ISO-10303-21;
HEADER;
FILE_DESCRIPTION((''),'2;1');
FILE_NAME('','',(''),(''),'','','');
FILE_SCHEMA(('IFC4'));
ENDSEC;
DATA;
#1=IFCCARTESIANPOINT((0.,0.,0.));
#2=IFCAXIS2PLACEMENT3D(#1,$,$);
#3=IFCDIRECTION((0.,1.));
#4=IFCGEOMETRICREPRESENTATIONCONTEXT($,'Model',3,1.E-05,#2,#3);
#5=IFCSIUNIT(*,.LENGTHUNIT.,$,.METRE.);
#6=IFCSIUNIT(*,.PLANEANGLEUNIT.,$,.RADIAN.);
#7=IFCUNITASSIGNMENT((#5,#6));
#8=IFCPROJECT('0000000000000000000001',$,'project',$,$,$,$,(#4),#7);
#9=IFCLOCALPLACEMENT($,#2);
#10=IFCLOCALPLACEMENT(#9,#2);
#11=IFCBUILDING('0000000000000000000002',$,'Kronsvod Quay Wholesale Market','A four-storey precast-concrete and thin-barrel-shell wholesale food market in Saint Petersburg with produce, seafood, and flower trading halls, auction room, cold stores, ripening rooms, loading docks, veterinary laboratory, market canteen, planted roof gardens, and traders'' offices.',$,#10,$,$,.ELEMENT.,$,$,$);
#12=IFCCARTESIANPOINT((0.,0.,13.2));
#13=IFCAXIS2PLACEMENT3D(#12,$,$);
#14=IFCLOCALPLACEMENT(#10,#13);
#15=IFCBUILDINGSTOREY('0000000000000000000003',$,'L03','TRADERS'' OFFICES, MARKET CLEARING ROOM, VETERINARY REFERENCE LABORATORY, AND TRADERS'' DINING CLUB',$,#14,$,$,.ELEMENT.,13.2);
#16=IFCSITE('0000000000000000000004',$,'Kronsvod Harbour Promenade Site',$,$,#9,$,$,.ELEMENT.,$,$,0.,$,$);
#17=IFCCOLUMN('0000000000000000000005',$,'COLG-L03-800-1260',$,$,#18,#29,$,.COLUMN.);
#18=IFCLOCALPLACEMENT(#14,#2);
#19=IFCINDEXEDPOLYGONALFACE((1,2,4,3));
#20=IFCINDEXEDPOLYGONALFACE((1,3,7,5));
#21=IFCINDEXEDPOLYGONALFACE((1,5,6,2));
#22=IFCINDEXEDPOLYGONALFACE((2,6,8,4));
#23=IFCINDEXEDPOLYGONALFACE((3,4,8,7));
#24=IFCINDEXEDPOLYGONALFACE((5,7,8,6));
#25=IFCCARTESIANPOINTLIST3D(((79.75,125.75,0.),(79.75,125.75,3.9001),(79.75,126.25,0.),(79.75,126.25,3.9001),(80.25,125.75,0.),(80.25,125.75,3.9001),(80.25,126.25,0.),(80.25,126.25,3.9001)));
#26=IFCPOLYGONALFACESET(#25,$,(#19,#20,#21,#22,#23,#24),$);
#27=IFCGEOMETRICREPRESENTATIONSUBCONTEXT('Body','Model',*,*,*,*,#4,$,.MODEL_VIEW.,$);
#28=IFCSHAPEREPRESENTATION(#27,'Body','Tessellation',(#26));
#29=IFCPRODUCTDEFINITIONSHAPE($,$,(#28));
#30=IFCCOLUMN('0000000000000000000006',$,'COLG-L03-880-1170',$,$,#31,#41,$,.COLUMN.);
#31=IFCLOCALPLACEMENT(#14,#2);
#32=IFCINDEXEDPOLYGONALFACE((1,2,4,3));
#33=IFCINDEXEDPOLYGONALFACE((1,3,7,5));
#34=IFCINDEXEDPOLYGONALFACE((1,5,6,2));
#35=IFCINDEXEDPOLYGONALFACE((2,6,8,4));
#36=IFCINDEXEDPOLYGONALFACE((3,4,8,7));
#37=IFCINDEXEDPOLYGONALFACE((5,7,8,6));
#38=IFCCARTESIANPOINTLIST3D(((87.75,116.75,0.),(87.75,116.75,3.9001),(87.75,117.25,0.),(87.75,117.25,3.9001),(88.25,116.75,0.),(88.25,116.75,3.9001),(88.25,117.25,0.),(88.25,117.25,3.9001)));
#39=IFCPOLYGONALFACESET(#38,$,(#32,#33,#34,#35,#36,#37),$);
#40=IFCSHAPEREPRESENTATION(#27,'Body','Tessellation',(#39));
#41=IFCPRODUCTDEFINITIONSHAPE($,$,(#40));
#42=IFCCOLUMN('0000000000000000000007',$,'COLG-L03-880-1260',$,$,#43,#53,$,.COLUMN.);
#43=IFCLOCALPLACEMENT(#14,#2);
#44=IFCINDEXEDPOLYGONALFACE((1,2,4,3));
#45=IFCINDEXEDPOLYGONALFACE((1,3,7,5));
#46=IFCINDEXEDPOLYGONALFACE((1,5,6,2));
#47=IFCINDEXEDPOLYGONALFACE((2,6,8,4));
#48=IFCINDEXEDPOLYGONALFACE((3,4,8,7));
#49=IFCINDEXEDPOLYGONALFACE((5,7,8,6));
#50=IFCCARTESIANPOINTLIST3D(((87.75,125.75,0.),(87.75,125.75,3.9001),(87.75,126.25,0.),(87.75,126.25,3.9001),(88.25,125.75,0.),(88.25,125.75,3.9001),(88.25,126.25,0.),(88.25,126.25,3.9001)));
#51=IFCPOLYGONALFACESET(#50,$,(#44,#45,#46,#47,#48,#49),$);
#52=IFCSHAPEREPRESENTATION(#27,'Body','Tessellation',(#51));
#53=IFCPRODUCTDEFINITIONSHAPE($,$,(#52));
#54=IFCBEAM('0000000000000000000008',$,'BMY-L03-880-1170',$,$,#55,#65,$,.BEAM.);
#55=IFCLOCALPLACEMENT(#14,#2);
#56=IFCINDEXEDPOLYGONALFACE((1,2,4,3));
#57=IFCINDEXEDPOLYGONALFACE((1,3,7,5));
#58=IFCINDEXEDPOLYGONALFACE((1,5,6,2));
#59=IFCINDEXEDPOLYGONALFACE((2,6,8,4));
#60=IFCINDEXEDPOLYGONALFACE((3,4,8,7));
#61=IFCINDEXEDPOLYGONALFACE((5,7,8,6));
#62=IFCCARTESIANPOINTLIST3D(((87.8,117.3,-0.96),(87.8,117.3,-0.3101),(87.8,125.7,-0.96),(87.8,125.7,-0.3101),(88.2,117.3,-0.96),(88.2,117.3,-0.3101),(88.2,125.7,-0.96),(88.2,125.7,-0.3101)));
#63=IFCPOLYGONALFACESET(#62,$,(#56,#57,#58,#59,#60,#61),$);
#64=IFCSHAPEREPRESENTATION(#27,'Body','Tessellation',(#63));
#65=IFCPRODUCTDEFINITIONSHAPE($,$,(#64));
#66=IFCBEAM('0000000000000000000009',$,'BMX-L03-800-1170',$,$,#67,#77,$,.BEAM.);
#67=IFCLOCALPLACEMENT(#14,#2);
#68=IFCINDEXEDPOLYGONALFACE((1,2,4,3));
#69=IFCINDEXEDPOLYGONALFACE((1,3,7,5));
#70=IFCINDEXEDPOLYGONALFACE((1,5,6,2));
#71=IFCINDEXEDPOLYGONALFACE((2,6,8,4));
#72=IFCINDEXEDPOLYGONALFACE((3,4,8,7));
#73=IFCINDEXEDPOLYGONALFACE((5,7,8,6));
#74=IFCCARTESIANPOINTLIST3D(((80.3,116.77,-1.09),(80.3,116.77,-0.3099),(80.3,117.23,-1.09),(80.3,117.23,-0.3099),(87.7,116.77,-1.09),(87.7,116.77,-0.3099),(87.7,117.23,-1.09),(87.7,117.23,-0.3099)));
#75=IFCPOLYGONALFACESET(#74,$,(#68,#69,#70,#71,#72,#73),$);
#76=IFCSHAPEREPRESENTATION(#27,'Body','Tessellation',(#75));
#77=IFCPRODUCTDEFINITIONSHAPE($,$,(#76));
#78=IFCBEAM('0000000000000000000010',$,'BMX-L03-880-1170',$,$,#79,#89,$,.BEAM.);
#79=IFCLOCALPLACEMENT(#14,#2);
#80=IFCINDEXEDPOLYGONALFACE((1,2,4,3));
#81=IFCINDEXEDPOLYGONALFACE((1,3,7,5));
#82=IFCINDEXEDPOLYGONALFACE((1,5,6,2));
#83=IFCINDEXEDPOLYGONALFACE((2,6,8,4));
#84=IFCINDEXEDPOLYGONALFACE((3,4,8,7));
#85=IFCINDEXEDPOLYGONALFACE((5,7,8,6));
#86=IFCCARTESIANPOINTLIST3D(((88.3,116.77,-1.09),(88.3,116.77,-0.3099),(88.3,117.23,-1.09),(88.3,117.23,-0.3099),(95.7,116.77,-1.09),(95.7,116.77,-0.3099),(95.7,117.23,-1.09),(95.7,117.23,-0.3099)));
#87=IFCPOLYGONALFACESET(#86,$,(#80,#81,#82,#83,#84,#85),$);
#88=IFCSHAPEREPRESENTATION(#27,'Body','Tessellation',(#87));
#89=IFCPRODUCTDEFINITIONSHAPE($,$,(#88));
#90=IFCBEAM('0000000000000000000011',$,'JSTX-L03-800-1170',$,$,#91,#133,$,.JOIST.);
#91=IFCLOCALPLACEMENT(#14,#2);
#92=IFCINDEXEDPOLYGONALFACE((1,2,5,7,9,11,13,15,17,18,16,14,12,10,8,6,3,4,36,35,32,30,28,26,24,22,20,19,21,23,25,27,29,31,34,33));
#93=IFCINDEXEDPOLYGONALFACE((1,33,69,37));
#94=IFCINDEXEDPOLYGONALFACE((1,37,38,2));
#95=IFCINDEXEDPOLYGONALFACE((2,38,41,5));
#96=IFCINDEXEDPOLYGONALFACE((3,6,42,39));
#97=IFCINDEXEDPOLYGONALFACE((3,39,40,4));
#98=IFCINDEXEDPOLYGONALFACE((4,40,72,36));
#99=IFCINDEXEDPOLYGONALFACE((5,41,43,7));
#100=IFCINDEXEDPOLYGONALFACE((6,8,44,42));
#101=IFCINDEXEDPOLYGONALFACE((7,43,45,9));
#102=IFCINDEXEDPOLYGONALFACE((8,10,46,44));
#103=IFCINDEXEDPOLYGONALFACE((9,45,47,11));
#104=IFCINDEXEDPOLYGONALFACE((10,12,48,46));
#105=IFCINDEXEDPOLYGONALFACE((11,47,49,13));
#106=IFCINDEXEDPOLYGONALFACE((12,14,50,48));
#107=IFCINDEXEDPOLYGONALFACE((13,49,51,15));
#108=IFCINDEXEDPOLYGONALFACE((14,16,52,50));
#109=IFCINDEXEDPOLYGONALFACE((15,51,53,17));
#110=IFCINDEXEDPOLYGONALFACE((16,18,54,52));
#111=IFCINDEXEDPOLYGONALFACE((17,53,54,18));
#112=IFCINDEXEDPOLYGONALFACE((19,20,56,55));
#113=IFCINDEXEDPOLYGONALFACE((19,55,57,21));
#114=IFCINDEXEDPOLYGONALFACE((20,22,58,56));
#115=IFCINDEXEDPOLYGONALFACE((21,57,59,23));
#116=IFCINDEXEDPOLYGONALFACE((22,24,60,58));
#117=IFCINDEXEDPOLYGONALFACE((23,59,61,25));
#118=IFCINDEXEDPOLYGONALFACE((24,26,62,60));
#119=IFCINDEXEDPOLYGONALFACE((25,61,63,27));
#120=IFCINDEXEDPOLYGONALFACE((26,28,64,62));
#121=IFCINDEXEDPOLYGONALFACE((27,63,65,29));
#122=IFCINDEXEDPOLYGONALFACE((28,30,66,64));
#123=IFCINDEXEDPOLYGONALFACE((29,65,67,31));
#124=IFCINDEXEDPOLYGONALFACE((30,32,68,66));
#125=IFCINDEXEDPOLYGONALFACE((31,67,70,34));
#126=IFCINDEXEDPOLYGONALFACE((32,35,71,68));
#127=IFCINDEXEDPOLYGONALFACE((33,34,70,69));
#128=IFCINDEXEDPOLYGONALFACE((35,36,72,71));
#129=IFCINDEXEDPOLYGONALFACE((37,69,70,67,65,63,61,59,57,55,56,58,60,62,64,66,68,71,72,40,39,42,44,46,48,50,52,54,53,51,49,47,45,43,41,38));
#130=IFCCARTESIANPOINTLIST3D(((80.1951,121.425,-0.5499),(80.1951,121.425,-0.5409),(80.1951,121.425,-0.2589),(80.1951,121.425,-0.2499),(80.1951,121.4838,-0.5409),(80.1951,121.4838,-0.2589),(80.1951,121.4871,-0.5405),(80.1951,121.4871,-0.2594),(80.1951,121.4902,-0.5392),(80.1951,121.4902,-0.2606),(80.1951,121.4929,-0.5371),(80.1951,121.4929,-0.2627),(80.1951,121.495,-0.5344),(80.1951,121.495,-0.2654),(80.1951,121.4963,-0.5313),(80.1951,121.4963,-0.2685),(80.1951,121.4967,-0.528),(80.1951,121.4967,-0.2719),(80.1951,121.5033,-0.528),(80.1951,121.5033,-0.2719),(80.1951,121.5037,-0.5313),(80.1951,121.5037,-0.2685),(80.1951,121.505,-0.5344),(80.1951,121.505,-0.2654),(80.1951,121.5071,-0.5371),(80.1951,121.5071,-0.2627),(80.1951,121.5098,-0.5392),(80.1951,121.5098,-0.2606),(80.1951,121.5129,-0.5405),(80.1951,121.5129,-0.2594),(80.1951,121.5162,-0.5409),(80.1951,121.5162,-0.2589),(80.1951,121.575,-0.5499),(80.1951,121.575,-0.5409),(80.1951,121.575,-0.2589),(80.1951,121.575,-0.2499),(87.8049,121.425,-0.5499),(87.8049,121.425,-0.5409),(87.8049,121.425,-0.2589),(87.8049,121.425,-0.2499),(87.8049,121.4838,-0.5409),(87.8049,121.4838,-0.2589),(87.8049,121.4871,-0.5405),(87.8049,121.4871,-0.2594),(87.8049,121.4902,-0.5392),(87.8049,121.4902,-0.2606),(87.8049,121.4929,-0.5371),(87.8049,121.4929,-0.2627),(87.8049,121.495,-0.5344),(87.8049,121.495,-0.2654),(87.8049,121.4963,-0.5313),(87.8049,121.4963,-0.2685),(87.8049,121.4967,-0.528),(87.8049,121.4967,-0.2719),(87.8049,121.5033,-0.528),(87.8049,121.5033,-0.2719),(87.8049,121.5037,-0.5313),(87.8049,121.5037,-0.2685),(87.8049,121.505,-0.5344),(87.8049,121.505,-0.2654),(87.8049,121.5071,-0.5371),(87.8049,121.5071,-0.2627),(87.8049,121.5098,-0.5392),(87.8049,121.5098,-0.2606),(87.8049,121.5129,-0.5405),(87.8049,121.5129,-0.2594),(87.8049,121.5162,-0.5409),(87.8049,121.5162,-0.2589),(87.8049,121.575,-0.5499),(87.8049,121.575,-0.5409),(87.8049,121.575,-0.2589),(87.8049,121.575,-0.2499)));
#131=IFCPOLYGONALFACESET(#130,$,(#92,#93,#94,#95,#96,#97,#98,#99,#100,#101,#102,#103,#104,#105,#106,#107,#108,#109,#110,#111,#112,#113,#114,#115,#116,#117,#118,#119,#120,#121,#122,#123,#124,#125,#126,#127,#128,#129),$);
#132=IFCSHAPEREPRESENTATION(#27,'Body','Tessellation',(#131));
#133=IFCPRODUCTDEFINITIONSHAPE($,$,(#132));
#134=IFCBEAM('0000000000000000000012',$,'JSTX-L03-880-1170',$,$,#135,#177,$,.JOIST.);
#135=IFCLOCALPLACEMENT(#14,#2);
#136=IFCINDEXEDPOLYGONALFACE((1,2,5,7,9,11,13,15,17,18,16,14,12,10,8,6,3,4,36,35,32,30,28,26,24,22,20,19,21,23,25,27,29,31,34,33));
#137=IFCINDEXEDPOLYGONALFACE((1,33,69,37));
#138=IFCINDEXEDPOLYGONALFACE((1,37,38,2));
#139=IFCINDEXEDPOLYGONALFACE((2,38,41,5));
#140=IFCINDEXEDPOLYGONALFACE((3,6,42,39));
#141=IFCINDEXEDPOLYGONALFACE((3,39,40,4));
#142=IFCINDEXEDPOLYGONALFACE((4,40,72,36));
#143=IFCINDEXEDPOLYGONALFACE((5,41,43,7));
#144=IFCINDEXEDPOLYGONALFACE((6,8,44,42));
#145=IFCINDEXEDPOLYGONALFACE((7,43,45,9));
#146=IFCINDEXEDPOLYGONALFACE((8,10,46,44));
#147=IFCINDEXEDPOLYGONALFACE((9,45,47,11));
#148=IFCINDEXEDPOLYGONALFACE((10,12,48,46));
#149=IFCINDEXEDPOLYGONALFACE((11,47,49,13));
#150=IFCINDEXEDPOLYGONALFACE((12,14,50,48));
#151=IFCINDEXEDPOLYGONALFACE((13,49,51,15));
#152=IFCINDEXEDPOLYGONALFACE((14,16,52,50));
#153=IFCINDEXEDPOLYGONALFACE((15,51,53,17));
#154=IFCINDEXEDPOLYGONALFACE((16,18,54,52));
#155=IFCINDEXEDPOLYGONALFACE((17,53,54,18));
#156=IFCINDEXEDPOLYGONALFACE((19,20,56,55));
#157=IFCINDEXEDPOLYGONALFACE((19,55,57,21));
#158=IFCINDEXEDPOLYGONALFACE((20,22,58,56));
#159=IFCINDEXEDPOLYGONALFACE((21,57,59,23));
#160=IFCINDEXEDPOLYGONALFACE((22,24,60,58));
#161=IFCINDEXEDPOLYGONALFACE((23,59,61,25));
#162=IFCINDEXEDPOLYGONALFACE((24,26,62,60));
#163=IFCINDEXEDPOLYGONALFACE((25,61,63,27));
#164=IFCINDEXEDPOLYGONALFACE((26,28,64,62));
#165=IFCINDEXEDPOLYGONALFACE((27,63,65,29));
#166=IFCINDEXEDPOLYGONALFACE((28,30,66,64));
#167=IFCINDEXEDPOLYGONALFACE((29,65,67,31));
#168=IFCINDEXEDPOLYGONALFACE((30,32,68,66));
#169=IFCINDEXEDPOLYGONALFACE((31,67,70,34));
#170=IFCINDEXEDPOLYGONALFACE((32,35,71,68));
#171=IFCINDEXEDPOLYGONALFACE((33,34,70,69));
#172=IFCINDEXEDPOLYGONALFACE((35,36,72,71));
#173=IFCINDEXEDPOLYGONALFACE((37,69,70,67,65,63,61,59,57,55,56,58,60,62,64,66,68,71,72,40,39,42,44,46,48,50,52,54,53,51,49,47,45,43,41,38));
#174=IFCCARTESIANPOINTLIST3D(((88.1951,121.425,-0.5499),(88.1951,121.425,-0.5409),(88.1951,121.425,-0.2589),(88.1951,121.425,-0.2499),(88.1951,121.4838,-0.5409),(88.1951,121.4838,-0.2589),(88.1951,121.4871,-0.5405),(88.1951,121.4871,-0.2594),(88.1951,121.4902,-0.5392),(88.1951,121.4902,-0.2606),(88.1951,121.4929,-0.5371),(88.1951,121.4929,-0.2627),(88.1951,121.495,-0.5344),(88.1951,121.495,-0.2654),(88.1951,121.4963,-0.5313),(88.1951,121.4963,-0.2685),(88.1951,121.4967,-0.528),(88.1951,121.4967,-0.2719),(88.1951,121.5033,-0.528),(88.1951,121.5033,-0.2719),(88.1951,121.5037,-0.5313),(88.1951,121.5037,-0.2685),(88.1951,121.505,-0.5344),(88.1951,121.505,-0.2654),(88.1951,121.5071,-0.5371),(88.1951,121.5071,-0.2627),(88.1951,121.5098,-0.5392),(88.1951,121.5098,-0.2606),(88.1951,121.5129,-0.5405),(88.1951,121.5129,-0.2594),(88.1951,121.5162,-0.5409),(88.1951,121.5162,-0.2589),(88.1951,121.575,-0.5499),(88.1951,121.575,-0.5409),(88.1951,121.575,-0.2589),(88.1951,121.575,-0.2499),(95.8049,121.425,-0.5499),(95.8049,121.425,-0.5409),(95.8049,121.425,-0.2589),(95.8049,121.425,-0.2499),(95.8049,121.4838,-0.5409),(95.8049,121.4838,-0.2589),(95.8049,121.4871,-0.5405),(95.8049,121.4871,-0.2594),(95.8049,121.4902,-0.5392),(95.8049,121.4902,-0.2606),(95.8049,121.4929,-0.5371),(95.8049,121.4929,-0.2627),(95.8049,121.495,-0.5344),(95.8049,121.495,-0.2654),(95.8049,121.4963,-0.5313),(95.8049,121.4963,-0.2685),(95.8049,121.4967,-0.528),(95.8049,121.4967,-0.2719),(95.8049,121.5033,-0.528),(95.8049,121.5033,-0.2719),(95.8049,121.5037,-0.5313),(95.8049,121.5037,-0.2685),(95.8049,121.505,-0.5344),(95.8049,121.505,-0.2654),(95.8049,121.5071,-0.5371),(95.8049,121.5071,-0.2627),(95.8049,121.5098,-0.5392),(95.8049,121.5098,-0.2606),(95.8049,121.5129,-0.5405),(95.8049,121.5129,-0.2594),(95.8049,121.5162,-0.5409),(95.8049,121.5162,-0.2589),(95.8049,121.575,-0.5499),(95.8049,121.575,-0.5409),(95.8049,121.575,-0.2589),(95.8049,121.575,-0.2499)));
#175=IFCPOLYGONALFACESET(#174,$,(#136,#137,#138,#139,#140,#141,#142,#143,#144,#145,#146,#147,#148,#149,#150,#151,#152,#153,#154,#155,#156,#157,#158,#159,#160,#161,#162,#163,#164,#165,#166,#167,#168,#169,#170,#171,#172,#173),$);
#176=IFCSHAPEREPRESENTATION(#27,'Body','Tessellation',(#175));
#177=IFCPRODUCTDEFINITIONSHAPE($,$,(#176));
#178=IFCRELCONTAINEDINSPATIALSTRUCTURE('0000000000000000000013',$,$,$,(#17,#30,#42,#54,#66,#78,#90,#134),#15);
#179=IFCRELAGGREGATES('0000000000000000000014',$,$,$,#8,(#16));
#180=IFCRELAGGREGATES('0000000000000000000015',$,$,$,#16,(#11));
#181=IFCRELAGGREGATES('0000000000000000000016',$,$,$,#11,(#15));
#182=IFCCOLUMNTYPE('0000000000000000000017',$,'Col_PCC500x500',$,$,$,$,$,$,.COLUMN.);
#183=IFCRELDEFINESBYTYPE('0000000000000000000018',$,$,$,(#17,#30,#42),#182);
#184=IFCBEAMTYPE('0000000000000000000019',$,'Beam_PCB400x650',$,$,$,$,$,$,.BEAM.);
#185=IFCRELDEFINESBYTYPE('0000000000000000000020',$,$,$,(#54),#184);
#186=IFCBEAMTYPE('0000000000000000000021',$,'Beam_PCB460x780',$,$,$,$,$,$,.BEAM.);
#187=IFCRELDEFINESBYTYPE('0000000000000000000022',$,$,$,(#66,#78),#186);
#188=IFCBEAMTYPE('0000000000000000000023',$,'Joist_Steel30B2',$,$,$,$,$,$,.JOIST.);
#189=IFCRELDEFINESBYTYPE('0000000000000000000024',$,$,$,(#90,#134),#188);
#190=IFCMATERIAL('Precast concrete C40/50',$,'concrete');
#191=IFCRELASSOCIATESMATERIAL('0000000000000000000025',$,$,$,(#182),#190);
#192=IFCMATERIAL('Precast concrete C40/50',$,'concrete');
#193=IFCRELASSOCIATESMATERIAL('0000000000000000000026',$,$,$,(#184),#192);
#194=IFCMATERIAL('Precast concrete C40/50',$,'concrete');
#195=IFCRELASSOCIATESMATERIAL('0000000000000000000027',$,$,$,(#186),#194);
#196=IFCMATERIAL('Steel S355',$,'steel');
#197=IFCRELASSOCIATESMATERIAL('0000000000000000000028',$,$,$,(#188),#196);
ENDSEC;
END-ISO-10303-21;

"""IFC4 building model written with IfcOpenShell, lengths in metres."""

from ifc_helpers import new_model, si_unit, direction, frame, origin, origin_2d, place, context, subcontext, project, spatial, rectangle, i_section, extrude, material, material_profile, profile_set, type_object, element, save


model = new_model("IFC4")

# Units and contexts
model_context = context("Model", 3, precision=1e-05, world=origin(), true_north=direction((0.0, 1.0)))
body_context = subcontext(model_context, "Body", "Model", "MODEL_VIEW")
ifc_project = project(units=[si_unit("LENGTHUNIT", "METRE"), si_unit("PLANEANGLEUNIT", "RADIAN")], contexts=[model_context])

# Site, building, storey
site_placement = place(None, origin())
site = spatial("IfcSite", under=ifc_project, at=site_placement, Name="Kronsvod Harbour Promenade Site", CompositionType="ELEMENT", RefElevation=0.0)
building_placement = place(site_placement, origin())
building = spatial("IfcBuilding", under=site, at=building_placement, Name="Kronsvod Quay Wholesale Market", Description="A four-storey precast-concrete and thin-barrel-shell wholesale food market in Saint Petersburg with produce, seafood, and flower trading halls, auction room, cold stores, ripening rooms, loading docks, veterinary laboratory, market canteen, planted roof gardens, and traders' offices.", CompositionType="ELEMENT")
storey_placement = place(building_placement, frame((0.0, 0.0, 13.2)))
storey = spatial("IfcBuildingStorey", under=building, at=storey_placement, Name="L03", Description="TRADERS' OFFICES, MARKET CLEARING ROOM, VETERINARY REFERENCE LABORATORY, AND TRADERS' DINING CLUB", CompositionType="ELEMENT", Elevation=13.2)

# Columns
ifc_material_1 = material(Name="Precast concrete C40/50", Category="concrete")
ifc_material_profile_1 = material_profile(ifc_material_1, rectangle(XDim=0.5, YDim=0.5, at=origin_2d()), Name="PCC500x500")
ifc_profile_set_1 = profile_set([ifc_material_profile_1], Name="Precast concrete C40/50")
column_type = type_object("IfcColumnType", Name="Col_PCC500x500", PredefinedType="COLUMN", material=ifc_profile_set_1)
for number, where, z_axis, x_axis, name in (
    (1, (80.0, 126.0, 0.0), (0.0, 0.0, 1.0), (1.0, 0.0, 0.0), "COLG-L03-800-1260"),
    (2, (88.0, 117.0, 0.0), (0.0, 0.0, 1.0), (1.0, 0.0, 0.0), "COLG-L03-880-1170"),
    (3, (88.0, 126.0, 0.0), (0.0, 0.0, 1.0), (1.0, 0.0, 0.0), "COLG-L03-880-1260"),
):
    element("IfcColumn", number, at=place(storey_placement, frame(where, z_axis=z_axis, x_axis=x_axis)), inside=storey, type_object=column_type, Name=name, PredefinedType="COLUMN", context=body_context, shape_type="SweptSolid", body=[
        extrude(rectangle(XDim=0.5, YDim=0.5, at=origin_2d()), origin(), (0.0, 0.0, 1.0), 3.9001),
    ])

# Beams
ifc_material_2 = material(Name="Precast concrete C40/50", Category="concrete")
ifc_material_profile_2 = material_profile(ifc_material_2, rectangle(XDim=0.3999, YDim=0.6499, at=origin_2d()), Name="PCB400x650")
ifc_profile_set_2 = profile_set([ifc_material_profile_2], Name="Precast concrete C40/50")
beam_type_1 = type_object("IfcBeamType", Name="Beam_PCB400x650", PredefinedType="BEAM", material=ifc_profile_set_2)
beam_placement = place(storey_placement, frame((88.0, 117.3, -0.635), z_axis=(0.0, 1.0, 0.0), x_axis=(-1.0, 0.0, 0.0)))
element("IfcBeam", 4, at=beam_placement, inside=storey, type_object=beam_type_1, Name="BMY-L03-880-1170", PredefinedType="BEAM", context=body_context, shape_type="SweptSolid", body=[
    extrude(rectangle(XDim=0.3999, YDim=0.6499, at=origin_2d()), origin(), (0.0, 0.0, 1.0), 8.3999),
])
ifc_material_3 = material(Name="Precast concrete C40/50", Category="concrete")
ifc_material_profile_3 = material_profile(ifc_material_3, rectangle(XDim=0.46, YDim=0.78, at=origin_2d()), Name="PB-03")
ifc_profile_set_3 = profile_set([ifc_material_profile_3], Name="Precast concrete C40/50")
beam_type_2 = type_object("IfcBeamType", Name="Beam_PCB460x780", PredefinedType="BEAM", material=ifc_profile_set_3)
for number, where, z_axis, x_axis, name in (
    (5, (80.3, 117.0, -0.7), (1.0, 0.0, 0.0), (0.0, 1.0, 0.0), "BMX-L03-800-1170"),
    (6, (88.3, 117.0, -0.7), (1.0, 0.0, 0.0), (0.0, 1.0, 0.0), "BMX-L03-880-1170"),
):
    element("IfcBeam", number, at=place(storey_placement, frame(where, z_axis=z_axis, x_axis=x_axis)), inside=storey, type_object=beam_type_2, Name=name, PredefinedType="BEAM", context=body_context, shape_type="SweptSolid", body=[
        extrude(rectangle(XDim=0.46, YDim=0.78, at=origin_2d()), origin(), (0.0, 0.0, 1.0), 7.3999),
    ])
ifc_material_4 = material(Name="Steel S355", Category="steel")
ifc_material_profile_4 = material_profile(ifc_material_4, i_section(OverallWidth=0.1499, OverallDepth=0.3, WebThickness=0.0066, FlangeThickness=0.009, FilletRadius=0.0129, at=origin_2d()), Name="30B2")
ifc_profile_set_4 = profile_set([ifc_material_profile_4], Name="Steel S355")
beam_type_3 = type_object("IfcBeamType", Name="Joist_Steel30B2", PredefinedType="JOIST", material=ifc_profile_set_4)
for number, where, z_axis, x_axis, name in (
    (7, (80.1951, 121.5, -0.3999), (1.0, 0.0, 0.0), (0.0, 1.0, 0.0), "JSTX-L03-800-1170"),
    (8, (88.1951, 121.5, -0.3999), (1.0, 0.0, 0.0), (0.0, 1.0, 0.0), "JSTX-L03-880-1170"),
):
    element("IfcBeam", number, at=place(storey_placement, frame(where, z_axis=z_axis, x_axis=x_axis)), inside=storey, type_object=beam_type_3, Name=name, PredefinedType="JOIST", context=body_context, shape_type="SweptSolid", body=[
        extrude(i_section(OverallWidth=0.1499, OverallDepth=0.3, WebThickness=0.0066, FlangeThickness=0.009, FilletRadius=0.0129, at=origin_2d()), origin(), (0.0, 0.0, 1.0), 7.6099),
    ])

save(model, "model.ifc")
